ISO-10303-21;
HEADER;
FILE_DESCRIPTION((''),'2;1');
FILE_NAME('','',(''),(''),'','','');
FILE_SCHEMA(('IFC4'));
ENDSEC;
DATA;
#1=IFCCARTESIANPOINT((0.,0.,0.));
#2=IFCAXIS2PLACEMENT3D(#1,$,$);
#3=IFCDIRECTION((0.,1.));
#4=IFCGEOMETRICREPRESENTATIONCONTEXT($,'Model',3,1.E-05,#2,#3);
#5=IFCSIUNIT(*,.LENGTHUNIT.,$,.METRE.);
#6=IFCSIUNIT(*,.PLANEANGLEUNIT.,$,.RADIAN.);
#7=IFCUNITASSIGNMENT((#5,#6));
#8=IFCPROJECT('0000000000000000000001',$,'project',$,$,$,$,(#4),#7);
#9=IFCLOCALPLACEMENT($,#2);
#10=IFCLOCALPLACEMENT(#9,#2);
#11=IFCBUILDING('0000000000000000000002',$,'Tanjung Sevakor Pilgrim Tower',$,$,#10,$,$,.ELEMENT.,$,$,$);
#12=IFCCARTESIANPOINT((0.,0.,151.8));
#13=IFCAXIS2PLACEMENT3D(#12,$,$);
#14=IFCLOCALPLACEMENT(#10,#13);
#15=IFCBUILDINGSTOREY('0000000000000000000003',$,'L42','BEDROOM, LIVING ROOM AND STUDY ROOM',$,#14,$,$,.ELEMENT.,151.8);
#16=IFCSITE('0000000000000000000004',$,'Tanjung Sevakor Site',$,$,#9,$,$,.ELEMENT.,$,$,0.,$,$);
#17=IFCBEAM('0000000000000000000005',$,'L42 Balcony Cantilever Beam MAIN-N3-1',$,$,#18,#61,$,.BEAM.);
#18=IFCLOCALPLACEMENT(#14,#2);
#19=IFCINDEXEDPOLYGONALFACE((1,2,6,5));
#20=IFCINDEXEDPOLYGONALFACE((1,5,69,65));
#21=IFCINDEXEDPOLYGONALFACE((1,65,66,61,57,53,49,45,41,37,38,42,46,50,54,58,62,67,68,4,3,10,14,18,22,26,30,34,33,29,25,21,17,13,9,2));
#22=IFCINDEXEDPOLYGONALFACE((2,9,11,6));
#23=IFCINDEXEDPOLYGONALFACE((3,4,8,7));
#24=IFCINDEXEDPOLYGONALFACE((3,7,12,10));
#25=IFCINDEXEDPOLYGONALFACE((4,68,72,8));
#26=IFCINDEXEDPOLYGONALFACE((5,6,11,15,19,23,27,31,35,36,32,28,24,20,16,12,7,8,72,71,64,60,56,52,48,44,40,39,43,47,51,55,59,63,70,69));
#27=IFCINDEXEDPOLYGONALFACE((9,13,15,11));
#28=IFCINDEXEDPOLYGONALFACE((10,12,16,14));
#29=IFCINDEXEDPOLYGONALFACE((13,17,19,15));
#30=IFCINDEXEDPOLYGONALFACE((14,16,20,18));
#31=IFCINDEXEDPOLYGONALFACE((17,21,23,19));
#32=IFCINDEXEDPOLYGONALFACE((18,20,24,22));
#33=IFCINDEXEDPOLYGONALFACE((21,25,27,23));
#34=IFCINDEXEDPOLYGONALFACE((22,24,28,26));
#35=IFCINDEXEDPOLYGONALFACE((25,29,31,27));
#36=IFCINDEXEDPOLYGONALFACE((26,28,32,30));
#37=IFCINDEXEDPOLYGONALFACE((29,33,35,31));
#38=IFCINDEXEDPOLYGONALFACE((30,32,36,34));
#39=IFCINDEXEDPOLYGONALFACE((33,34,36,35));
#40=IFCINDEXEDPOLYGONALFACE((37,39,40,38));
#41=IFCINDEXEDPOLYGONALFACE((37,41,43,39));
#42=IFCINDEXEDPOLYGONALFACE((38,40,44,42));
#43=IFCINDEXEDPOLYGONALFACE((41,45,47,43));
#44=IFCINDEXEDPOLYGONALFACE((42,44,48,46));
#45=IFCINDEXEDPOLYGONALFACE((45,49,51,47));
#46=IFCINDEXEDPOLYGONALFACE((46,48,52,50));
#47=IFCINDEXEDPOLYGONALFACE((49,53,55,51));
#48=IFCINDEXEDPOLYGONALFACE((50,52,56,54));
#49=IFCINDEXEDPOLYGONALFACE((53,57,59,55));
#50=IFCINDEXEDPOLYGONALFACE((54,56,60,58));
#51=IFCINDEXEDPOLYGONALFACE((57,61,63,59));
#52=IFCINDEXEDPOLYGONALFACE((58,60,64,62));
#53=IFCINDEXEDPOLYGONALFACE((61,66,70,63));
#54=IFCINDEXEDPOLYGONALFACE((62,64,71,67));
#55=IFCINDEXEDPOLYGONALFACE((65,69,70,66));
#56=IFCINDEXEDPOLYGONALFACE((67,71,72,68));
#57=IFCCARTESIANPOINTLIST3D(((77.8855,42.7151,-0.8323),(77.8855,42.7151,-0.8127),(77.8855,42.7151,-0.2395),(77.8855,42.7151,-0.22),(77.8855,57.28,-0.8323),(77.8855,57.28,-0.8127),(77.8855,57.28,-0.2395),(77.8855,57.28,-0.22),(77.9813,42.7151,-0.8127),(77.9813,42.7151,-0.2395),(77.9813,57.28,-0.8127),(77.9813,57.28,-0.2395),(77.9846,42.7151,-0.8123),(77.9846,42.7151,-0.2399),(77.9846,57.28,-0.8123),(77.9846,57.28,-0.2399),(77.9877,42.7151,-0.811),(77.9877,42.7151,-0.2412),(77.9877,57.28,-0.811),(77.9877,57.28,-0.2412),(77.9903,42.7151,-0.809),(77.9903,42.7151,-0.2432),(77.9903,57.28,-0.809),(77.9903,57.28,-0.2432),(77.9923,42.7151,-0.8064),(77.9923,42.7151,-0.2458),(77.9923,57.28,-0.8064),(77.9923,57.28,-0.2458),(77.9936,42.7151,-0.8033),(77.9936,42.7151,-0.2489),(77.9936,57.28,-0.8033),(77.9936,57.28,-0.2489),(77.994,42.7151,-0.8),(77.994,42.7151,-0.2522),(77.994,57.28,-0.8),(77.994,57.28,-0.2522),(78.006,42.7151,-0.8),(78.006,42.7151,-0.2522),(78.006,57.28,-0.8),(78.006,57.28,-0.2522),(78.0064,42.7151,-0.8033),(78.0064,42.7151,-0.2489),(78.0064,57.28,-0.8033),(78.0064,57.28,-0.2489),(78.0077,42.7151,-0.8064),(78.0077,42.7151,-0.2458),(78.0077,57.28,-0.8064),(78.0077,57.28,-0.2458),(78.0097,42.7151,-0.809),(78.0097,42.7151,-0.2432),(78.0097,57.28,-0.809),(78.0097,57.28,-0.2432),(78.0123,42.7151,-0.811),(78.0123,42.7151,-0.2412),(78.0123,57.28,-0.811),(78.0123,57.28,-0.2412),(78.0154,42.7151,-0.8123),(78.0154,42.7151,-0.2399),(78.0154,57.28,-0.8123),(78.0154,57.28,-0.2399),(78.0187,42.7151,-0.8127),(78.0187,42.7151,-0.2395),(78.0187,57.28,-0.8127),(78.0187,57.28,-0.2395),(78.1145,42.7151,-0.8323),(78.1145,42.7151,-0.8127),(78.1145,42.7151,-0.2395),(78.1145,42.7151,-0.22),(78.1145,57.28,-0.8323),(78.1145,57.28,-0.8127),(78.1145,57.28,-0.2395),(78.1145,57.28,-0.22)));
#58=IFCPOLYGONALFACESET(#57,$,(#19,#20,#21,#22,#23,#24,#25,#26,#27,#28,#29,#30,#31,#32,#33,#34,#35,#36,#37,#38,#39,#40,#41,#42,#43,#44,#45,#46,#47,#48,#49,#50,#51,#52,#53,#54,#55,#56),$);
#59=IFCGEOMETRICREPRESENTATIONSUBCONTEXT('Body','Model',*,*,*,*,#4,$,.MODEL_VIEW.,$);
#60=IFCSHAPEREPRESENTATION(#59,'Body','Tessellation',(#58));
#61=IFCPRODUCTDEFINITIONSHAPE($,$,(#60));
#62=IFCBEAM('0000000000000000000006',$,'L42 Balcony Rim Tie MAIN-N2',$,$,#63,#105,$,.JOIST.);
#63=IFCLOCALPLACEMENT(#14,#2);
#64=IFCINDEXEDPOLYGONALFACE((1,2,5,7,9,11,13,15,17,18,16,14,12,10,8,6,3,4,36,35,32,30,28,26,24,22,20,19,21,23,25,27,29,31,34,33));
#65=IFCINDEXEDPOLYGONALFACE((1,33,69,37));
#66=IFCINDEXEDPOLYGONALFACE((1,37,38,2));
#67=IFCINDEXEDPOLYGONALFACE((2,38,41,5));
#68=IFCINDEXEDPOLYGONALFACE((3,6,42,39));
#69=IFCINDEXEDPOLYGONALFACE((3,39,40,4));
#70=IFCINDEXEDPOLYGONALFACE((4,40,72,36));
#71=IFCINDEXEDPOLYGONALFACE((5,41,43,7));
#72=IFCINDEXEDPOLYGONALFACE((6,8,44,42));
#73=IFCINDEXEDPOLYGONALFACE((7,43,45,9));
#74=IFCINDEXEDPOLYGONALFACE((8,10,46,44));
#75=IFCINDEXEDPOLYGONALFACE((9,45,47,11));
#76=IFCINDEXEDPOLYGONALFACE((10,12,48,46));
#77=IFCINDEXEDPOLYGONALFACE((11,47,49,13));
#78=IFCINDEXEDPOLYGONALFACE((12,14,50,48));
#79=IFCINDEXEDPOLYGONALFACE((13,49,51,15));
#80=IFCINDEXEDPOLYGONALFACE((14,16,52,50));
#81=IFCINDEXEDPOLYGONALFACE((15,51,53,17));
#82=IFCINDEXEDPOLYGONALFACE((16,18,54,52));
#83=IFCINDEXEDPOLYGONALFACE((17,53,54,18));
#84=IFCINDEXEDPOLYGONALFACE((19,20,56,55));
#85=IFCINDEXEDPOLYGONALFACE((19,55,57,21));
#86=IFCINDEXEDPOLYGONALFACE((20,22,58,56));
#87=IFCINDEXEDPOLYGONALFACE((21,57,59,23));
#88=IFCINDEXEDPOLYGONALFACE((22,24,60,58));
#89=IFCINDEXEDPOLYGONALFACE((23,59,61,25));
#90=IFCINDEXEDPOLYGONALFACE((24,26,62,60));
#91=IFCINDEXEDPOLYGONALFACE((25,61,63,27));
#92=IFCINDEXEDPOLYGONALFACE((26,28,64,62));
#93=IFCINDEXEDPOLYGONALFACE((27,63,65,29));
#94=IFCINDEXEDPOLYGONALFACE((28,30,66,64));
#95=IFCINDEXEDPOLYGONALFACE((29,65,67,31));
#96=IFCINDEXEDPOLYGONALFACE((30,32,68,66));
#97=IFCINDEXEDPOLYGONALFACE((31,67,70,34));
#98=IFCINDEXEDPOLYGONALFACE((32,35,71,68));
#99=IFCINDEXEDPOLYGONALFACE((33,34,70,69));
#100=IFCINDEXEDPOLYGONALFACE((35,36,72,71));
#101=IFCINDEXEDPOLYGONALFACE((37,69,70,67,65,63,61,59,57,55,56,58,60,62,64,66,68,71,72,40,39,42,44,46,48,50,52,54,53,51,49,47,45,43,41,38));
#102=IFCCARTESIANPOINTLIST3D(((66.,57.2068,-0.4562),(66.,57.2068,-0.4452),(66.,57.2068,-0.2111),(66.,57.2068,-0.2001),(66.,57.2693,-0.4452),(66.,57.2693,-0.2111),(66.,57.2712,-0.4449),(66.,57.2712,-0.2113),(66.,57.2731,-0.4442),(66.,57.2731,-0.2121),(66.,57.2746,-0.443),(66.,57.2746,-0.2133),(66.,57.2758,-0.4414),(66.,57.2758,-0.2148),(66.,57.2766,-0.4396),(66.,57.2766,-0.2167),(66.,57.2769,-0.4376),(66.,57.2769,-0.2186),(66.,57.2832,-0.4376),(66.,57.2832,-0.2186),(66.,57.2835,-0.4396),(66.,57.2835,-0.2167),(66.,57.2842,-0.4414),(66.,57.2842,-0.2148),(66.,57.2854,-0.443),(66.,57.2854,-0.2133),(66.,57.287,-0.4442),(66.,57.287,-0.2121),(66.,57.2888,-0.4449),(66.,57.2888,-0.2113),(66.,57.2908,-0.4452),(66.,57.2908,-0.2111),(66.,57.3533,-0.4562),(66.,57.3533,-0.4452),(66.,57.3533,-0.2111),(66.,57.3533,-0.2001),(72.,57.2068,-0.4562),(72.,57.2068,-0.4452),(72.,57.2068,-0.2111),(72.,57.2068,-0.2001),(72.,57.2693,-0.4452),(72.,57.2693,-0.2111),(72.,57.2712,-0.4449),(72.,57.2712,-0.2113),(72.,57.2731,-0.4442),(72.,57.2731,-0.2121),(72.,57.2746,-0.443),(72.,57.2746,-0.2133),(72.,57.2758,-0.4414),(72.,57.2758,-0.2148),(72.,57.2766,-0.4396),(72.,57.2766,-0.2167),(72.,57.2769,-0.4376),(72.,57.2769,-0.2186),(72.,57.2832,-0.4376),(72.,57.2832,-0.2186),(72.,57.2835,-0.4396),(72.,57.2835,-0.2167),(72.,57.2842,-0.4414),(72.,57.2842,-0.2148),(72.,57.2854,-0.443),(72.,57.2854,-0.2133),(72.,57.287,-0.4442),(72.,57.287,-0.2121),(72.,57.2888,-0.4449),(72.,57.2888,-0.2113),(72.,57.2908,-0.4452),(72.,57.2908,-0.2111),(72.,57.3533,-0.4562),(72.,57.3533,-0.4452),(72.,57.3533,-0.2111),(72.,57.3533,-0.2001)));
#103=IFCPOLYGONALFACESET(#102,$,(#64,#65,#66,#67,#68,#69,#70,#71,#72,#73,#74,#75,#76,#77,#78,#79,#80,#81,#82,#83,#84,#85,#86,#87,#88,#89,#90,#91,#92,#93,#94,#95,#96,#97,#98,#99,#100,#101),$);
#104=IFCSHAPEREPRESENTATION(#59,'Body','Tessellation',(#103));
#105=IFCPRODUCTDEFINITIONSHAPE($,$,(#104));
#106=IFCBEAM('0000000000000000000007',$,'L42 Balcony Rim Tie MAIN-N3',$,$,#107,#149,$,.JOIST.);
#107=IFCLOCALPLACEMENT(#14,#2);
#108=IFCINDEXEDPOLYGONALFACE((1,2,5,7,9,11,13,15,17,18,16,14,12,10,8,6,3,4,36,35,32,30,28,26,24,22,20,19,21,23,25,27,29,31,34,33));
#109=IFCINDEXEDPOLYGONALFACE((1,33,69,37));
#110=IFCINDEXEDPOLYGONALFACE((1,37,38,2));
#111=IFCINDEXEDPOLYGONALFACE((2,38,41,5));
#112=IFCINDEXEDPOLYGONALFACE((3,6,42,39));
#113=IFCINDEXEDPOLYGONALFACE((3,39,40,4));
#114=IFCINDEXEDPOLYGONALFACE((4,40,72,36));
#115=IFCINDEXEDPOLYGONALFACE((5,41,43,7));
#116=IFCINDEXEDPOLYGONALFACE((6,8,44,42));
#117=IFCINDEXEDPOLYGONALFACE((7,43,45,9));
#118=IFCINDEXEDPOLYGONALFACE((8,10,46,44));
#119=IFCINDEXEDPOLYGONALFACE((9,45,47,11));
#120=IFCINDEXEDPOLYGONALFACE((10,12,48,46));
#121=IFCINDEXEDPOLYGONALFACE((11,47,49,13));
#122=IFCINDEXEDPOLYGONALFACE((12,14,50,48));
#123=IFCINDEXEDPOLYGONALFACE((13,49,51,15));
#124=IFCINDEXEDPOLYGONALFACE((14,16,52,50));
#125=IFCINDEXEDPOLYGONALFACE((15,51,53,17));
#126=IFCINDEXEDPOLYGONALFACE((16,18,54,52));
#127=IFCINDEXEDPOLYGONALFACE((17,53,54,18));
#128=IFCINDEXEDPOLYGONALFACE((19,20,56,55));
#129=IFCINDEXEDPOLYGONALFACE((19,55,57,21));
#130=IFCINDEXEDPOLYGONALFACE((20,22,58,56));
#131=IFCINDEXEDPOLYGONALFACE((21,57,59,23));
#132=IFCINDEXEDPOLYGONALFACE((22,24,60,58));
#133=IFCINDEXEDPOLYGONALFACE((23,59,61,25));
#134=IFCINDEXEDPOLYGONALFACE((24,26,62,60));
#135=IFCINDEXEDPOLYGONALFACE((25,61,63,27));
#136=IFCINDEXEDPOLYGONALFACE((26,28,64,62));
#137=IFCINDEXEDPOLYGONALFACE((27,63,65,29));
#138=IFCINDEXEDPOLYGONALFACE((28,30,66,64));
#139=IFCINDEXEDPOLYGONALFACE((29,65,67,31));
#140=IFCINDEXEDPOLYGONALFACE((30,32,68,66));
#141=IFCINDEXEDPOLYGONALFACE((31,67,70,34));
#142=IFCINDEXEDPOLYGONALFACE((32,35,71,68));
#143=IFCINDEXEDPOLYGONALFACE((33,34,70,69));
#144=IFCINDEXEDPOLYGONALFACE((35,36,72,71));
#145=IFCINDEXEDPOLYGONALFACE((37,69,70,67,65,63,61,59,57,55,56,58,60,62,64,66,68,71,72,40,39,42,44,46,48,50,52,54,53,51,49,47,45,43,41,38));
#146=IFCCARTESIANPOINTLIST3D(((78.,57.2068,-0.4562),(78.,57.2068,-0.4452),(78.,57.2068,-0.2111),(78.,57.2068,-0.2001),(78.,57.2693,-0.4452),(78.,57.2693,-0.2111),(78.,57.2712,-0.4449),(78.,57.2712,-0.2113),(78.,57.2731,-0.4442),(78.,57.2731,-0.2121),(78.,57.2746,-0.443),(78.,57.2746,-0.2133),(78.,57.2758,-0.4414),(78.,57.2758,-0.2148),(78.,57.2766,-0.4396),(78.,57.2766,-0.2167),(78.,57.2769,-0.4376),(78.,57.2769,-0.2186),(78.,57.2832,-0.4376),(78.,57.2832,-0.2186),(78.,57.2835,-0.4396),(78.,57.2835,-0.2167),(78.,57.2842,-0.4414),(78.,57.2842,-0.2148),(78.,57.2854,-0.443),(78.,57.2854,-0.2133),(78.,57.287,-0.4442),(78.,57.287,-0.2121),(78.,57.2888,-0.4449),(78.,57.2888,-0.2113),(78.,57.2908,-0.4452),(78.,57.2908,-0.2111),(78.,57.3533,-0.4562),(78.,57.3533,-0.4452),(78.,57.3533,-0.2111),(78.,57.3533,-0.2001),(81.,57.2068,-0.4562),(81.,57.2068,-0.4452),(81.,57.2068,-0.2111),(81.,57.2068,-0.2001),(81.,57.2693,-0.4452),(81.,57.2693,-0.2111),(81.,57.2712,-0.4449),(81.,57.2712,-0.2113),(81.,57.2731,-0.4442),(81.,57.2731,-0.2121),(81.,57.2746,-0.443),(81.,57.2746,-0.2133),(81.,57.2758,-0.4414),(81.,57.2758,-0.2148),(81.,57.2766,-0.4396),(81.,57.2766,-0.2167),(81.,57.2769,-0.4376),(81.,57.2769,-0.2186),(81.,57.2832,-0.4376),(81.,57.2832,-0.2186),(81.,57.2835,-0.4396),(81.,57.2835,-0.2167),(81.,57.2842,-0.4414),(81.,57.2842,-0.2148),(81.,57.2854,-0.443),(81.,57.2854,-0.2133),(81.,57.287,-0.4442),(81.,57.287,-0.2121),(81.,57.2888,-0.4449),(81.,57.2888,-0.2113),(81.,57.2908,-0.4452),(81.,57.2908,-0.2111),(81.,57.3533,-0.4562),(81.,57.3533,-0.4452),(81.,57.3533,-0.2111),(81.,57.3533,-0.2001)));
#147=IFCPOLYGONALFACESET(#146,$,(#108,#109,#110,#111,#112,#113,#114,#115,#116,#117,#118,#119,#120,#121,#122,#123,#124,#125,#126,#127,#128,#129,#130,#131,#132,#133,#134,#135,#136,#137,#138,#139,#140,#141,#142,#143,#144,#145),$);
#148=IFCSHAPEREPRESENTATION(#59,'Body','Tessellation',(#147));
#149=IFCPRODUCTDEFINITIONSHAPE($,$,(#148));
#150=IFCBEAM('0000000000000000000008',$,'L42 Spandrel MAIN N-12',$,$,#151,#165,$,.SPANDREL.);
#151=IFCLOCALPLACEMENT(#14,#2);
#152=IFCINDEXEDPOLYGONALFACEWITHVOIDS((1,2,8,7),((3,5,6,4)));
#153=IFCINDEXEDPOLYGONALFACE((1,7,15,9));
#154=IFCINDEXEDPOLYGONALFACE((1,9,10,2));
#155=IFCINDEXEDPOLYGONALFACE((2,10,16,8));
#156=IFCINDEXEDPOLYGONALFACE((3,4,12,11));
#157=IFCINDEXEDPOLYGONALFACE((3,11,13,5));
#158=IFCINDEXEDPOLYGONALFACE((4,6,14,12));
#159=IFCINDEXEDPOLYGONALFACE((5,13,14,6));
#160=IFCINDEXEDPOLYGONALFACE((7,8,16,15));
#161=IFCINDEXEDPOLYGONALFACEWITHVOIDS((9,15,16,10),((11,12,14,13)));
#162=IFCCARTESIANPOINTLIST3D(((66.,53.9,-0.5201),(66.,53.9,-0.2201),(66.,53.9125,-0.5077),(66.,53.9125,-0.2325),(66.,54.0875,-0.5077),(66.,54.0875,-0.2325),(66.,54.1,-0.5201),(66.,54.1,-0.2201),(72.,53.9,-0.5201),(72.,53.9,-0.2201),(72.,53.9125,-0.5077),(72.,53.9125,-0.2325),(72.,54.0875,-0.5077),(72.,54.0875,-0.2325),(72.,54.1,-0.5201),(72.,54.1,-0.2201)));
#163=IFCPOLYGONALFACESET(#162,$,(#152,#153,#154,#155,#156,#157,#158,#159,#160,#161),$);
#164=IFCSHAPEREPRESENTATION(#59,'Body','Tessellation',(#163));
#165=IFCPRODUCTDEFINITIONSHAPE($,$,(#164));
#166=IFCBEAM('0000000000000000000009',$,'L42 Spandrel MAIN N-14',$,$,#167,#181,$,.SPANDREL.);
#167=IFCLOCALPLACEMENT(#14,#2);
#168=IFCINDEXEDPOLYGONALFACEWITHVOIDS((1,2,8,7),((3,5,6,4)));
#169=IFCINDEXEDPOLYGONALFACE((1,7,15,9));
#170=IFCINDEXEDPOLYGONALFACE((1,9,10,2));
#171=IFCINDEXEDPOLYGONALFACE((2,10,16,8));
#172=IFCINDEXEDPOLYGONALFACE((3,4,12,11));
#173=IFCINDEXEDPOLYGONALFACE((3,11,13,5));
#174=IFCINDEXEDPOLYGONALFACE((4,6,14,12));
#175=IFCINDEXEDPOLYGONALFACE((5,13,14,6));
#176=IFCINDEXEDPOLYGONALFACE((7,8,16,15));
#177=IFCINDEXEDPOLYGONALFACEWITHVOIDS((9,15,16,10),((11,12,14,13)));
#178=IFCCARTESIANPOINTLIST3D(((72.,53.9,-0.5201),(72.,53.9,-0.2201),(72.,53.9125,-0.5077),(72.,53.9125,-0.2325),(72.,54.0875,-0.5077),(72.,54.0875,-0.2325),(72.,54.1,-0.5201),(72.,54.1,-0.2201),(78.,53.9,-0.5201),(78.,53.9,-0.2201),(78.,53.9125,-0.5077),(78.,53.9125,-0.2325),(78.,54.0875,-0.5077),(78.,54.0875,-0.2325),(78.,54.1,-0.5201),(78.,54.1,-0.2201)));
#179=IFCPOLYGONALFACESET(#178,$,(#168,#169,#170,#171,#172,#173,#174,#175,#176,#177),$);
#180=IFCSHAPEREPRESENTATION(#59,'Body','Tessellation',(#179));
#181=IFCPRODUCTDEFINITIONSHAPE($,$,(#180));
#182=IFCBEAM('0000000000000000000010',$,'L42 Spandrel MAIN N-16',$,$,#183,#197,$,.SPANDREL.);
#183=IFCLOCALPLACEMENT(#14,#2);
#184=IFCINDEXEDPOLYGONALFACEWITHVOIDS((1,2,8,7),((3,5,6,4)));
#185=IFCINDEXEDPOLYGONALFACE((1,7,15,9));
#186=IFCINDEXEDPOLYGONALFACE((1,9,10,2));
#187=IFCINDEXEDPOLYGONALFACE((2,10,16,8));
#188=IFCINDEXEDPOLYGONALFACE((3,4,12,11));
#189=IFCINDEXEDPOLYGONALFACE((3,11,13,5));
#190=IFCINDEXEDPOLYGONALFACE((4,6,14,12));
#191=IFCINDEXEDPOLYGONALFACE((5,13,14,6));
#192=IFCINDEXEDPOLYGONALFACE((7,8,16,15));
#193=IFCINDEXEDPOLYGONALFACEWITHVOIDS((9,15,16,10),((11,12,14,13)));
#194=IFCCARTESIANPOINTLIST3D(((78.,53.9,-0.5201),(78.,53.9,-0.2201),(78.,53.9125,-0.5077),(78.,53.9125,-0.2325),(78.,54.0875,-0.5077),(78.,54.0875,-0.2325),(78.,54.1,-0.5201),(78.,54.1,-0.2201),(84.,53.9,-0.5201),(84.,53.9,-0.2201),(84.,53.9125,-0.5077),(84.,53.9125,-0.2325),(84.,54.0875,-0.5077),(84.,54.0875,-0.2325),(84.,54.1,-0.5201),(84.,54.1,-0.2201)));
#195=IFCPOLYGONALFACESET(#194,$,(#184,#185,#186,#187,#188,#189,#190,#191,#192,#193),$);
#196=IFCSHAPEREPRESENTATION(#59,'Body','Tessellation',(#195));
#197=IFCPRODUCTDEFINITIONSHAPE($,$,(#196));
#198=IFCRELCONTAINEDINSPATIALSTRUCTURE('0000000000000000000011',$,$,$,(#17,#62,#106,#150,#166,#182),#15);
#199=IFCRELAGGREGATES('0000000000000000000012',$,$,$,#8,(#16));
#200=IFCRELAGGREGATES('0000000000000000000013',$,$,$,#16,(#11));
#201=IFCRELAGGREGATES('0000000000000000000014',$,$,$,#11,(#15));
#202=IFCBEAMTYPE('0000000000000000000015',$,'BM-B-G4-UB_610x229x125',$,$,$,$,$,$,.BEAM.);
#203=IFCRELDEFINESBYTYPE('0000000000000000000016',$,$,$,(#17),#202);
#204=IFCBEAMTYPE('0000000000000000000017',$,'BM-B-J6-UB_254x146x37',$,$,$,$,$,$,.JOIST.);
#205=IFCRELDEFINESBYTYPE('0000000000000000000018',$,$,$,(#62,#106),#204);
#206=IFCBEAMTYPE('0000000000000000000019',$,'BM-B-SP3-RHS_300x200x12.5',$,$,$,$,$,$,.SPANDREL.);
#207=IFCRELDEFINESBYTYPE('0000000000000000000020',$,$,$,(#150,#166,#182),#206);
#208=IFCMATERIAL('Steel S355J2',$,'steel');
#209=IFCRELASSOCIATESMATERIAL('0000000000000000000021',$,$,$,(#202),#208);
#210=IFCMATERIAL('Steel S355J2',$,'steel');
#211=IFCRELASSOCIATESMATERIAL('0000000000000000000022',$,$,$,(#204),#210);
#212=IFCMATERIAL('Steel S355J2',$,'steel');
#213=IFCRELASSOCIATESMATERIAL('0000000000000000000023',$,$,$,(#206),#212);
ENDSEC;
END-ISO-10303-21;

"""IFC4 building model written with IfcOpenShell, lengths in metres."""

from ifc_helpers import new_model, si_unit, direction, frame, origin, origin_2d, place, context, subcontext, project, spatial, hollow_rectangle, i_section, extrude, material, material_profile, profile_set, type_object, element, save


model = new_model("IFC4")

# Units and contexts
model_context = context("Model", 3, precision=1e-05, world=origin(), true_north=direction((0.0, 1.0)))
body_context = subcontext(model_context, "Body", "Model", "MODEL_VIEW")
ifc_project = project(units=[si_unit("LENGTHUNIT", "METRE"), si_unit("PLANEANGLEUNIT", "RADIAN")], contexts=[model_context])

# Site, building, storey
site_placement = place(None, origin())
site = spatial("IfcSite", under=ifc_project, at=site_placement, Name="Tanjung Sevakor Site", CompositionType="ELEMENT", RefElevation=0.0)
building_placement = place(site_placement, origin())
building = spatial("IfcBuilding", under=site, at=building_placement, Name="Tanjung Sevakor Pilgrim Tower", CompositionType="ELEMENT")
storey_placement = place(building_placement, frame((0.0, 0.0, 151.8)))
storey = spatial("IfcBuildingStorey", under=building, at=storey_placement, Name="L42", Description="BEDROOM, LIVING ROOM AND STUDY ROOM", CompositionType="ELEMENT", Elevation=151.8)

# Beams
ifc_material_1 = material(Name="Steel S355J2", Category="steel")
ifc_material_profile_1 = material_profile(ifc_material_1, i_section(OverallWidth=0.229, OverallDepth=0.6123, WebThickness=0.012, FlangeThickness=0.0195, FilletRadius=0.0127, at=origin_2d()))
ifc_profile_set_1 = profile_set([ifc_material_profile_1], Name="Steel S355J2")
beam_type_1 = type_object("IfcBeamType", Name="BM-B-G4-UB_610x229x125", PredefinedType="BEAM", material=ifc_profile_set_1)
beam_1_placement = place(storey_placement, frame((78.0, 42.7151, -0.5261), z_axis=(0.0, 1.0, 0.0), x_axis=(-1.0, 0.0, 0.0)))
element("IfcBeam", 1, at=beam_1_placement, inside=storey, type_object=beam_type_1, Name="L42 Balcony Cantilever Beam MAIN-N3-1", PredefinedType="BEAM", context=body_context, shape_type="SweptSolid", body=[
    extrude(i_section(OverallWidth=0.229, OverallDepth=0.6123, WebThickness=0.012, FlangeThickness=0.0195, FilletRadius=0.0127, at=origin_2d()), origin(), (0.0, 0.0, 1.0), 14.5649),
])
ifc_material_2 = material(Name="Steel S355J2", Category="steel")
ifc_material_profile_2 = material_profile(ifc_material_2, i_section(OverallWidth=0.1465, OverallDepth=0.2561, WebThickness=0.0063, FlangeThickness=0.011, FilletRadius=0.0076, at=origin_2d()))
ifc_profile_set_2 = profile_set([ifc_material_profile_2], Name="Steel S355J2")
beam_type_2 = type_object("IfcBeamType", Name="BM-B-J6-UB_254x146x37", PredefinedType="JOIST", material=ifc_profile_set_2)
beam_2_placement = place(storey_placement, frame((66.0, 57.28, -0.3281), z_axis=(1.0, 0.0, 0.0), x_axis=(0.0, 1.0, 0.0)))
element("IfcBeam", 2, at=beam_2_placement, inside=storey, type_object=beam_type_2, Name="L42 Balcony Rim Tie MAIN-N2", PredefinedType="JOIST", context=body_context, shape_type="SweptSolid", body=[
    extrude(i_section(OverallWidth=0.1465, OverallDepth=0.2561, WebThickness=0.0063, FlangeThickness=0.011, FilletRadius=0.0076, at=origin_2d()), origin(), (0.0, 0.0, 1.0), 6.0),
])
beam_3_placement = place(storey_placement, frame((78.0, 57.28, -0.3281), z_axis=(1.0, 0.0, 0.0), x_axis=(0.0, 1.0, 0.0)))
element("IfcBeam", 3, at=beam_3_placement, inside=storey, type_object=beam_type_2, Name="L42 Balcony Rim Tie MAIN-N3", PredefinedType="JOIST", context=body_context, shape_type="SweptSolid", body=[
    extrude(i_section(OverallWidth=0.1465, OverallDepth=0.2561, WebThickness=0.0063, FlangeThickness=0.011, FilletRadius=0.0076, at=origin_2d()), origin(), (0.0, 0.0, 1.0), 3.0),
])
ifc_material_3 = material(Name="Steel S355J2", Category="steel")
ifc_material_profile_3 = material_profile(ifc_material_3, hollow_rectangle(XDim=0.2, YDim=0.3, WallThickness=0.0125, at=origin_2d()))
ifc_profile_set_3 = profile_set([ifc_material_profile_3], Name="Steel S355J2")
beam_type_3 = type_object("IfcBeamType", Name="BM-B-SP3-RHS_300x200x12.5", PredefinedType="SPANDREL", material=ifc_profile_set_3)
for number, where, z_axis, x_axis, name in (
    (4, (66.0, 54.0, -0.3701), (1.0, 0.0, 0.0), (0.0, 1.0, 0.0), "L42 Spandrel MAIN N-12"),
    (5, (72.0, 54.0, -0.3701), (1.0, 0.0, 0.0), (0.0, 1.0, 0.0), "L42 Spandrel MAIN N-14"),
    (6, (78.0, 54.0, -0.3701), (1.0, 0.0, 0.0), (0.0, 1.0, 0.0), "L42 Spandrel MAIN N-16"),
):
    element("IfcBeam", number, at=place(storey_placement, frame(where, z_axis=z_axis, x_axis=x_axis)), inside=storey, type_object=beam_type_3, Name=name, PredefinedType="SPANDREL", context=body_context, shape_type="SweptSolid", body=[
        extrude(hollow_rectangle(XDim=0.2, YDim=0.3, WallThickness=0.0125, at=origin_2d()), origin(), (0.0, 0.0, 1.0), 6.0),
    ])

save(model, "model.ifc")
